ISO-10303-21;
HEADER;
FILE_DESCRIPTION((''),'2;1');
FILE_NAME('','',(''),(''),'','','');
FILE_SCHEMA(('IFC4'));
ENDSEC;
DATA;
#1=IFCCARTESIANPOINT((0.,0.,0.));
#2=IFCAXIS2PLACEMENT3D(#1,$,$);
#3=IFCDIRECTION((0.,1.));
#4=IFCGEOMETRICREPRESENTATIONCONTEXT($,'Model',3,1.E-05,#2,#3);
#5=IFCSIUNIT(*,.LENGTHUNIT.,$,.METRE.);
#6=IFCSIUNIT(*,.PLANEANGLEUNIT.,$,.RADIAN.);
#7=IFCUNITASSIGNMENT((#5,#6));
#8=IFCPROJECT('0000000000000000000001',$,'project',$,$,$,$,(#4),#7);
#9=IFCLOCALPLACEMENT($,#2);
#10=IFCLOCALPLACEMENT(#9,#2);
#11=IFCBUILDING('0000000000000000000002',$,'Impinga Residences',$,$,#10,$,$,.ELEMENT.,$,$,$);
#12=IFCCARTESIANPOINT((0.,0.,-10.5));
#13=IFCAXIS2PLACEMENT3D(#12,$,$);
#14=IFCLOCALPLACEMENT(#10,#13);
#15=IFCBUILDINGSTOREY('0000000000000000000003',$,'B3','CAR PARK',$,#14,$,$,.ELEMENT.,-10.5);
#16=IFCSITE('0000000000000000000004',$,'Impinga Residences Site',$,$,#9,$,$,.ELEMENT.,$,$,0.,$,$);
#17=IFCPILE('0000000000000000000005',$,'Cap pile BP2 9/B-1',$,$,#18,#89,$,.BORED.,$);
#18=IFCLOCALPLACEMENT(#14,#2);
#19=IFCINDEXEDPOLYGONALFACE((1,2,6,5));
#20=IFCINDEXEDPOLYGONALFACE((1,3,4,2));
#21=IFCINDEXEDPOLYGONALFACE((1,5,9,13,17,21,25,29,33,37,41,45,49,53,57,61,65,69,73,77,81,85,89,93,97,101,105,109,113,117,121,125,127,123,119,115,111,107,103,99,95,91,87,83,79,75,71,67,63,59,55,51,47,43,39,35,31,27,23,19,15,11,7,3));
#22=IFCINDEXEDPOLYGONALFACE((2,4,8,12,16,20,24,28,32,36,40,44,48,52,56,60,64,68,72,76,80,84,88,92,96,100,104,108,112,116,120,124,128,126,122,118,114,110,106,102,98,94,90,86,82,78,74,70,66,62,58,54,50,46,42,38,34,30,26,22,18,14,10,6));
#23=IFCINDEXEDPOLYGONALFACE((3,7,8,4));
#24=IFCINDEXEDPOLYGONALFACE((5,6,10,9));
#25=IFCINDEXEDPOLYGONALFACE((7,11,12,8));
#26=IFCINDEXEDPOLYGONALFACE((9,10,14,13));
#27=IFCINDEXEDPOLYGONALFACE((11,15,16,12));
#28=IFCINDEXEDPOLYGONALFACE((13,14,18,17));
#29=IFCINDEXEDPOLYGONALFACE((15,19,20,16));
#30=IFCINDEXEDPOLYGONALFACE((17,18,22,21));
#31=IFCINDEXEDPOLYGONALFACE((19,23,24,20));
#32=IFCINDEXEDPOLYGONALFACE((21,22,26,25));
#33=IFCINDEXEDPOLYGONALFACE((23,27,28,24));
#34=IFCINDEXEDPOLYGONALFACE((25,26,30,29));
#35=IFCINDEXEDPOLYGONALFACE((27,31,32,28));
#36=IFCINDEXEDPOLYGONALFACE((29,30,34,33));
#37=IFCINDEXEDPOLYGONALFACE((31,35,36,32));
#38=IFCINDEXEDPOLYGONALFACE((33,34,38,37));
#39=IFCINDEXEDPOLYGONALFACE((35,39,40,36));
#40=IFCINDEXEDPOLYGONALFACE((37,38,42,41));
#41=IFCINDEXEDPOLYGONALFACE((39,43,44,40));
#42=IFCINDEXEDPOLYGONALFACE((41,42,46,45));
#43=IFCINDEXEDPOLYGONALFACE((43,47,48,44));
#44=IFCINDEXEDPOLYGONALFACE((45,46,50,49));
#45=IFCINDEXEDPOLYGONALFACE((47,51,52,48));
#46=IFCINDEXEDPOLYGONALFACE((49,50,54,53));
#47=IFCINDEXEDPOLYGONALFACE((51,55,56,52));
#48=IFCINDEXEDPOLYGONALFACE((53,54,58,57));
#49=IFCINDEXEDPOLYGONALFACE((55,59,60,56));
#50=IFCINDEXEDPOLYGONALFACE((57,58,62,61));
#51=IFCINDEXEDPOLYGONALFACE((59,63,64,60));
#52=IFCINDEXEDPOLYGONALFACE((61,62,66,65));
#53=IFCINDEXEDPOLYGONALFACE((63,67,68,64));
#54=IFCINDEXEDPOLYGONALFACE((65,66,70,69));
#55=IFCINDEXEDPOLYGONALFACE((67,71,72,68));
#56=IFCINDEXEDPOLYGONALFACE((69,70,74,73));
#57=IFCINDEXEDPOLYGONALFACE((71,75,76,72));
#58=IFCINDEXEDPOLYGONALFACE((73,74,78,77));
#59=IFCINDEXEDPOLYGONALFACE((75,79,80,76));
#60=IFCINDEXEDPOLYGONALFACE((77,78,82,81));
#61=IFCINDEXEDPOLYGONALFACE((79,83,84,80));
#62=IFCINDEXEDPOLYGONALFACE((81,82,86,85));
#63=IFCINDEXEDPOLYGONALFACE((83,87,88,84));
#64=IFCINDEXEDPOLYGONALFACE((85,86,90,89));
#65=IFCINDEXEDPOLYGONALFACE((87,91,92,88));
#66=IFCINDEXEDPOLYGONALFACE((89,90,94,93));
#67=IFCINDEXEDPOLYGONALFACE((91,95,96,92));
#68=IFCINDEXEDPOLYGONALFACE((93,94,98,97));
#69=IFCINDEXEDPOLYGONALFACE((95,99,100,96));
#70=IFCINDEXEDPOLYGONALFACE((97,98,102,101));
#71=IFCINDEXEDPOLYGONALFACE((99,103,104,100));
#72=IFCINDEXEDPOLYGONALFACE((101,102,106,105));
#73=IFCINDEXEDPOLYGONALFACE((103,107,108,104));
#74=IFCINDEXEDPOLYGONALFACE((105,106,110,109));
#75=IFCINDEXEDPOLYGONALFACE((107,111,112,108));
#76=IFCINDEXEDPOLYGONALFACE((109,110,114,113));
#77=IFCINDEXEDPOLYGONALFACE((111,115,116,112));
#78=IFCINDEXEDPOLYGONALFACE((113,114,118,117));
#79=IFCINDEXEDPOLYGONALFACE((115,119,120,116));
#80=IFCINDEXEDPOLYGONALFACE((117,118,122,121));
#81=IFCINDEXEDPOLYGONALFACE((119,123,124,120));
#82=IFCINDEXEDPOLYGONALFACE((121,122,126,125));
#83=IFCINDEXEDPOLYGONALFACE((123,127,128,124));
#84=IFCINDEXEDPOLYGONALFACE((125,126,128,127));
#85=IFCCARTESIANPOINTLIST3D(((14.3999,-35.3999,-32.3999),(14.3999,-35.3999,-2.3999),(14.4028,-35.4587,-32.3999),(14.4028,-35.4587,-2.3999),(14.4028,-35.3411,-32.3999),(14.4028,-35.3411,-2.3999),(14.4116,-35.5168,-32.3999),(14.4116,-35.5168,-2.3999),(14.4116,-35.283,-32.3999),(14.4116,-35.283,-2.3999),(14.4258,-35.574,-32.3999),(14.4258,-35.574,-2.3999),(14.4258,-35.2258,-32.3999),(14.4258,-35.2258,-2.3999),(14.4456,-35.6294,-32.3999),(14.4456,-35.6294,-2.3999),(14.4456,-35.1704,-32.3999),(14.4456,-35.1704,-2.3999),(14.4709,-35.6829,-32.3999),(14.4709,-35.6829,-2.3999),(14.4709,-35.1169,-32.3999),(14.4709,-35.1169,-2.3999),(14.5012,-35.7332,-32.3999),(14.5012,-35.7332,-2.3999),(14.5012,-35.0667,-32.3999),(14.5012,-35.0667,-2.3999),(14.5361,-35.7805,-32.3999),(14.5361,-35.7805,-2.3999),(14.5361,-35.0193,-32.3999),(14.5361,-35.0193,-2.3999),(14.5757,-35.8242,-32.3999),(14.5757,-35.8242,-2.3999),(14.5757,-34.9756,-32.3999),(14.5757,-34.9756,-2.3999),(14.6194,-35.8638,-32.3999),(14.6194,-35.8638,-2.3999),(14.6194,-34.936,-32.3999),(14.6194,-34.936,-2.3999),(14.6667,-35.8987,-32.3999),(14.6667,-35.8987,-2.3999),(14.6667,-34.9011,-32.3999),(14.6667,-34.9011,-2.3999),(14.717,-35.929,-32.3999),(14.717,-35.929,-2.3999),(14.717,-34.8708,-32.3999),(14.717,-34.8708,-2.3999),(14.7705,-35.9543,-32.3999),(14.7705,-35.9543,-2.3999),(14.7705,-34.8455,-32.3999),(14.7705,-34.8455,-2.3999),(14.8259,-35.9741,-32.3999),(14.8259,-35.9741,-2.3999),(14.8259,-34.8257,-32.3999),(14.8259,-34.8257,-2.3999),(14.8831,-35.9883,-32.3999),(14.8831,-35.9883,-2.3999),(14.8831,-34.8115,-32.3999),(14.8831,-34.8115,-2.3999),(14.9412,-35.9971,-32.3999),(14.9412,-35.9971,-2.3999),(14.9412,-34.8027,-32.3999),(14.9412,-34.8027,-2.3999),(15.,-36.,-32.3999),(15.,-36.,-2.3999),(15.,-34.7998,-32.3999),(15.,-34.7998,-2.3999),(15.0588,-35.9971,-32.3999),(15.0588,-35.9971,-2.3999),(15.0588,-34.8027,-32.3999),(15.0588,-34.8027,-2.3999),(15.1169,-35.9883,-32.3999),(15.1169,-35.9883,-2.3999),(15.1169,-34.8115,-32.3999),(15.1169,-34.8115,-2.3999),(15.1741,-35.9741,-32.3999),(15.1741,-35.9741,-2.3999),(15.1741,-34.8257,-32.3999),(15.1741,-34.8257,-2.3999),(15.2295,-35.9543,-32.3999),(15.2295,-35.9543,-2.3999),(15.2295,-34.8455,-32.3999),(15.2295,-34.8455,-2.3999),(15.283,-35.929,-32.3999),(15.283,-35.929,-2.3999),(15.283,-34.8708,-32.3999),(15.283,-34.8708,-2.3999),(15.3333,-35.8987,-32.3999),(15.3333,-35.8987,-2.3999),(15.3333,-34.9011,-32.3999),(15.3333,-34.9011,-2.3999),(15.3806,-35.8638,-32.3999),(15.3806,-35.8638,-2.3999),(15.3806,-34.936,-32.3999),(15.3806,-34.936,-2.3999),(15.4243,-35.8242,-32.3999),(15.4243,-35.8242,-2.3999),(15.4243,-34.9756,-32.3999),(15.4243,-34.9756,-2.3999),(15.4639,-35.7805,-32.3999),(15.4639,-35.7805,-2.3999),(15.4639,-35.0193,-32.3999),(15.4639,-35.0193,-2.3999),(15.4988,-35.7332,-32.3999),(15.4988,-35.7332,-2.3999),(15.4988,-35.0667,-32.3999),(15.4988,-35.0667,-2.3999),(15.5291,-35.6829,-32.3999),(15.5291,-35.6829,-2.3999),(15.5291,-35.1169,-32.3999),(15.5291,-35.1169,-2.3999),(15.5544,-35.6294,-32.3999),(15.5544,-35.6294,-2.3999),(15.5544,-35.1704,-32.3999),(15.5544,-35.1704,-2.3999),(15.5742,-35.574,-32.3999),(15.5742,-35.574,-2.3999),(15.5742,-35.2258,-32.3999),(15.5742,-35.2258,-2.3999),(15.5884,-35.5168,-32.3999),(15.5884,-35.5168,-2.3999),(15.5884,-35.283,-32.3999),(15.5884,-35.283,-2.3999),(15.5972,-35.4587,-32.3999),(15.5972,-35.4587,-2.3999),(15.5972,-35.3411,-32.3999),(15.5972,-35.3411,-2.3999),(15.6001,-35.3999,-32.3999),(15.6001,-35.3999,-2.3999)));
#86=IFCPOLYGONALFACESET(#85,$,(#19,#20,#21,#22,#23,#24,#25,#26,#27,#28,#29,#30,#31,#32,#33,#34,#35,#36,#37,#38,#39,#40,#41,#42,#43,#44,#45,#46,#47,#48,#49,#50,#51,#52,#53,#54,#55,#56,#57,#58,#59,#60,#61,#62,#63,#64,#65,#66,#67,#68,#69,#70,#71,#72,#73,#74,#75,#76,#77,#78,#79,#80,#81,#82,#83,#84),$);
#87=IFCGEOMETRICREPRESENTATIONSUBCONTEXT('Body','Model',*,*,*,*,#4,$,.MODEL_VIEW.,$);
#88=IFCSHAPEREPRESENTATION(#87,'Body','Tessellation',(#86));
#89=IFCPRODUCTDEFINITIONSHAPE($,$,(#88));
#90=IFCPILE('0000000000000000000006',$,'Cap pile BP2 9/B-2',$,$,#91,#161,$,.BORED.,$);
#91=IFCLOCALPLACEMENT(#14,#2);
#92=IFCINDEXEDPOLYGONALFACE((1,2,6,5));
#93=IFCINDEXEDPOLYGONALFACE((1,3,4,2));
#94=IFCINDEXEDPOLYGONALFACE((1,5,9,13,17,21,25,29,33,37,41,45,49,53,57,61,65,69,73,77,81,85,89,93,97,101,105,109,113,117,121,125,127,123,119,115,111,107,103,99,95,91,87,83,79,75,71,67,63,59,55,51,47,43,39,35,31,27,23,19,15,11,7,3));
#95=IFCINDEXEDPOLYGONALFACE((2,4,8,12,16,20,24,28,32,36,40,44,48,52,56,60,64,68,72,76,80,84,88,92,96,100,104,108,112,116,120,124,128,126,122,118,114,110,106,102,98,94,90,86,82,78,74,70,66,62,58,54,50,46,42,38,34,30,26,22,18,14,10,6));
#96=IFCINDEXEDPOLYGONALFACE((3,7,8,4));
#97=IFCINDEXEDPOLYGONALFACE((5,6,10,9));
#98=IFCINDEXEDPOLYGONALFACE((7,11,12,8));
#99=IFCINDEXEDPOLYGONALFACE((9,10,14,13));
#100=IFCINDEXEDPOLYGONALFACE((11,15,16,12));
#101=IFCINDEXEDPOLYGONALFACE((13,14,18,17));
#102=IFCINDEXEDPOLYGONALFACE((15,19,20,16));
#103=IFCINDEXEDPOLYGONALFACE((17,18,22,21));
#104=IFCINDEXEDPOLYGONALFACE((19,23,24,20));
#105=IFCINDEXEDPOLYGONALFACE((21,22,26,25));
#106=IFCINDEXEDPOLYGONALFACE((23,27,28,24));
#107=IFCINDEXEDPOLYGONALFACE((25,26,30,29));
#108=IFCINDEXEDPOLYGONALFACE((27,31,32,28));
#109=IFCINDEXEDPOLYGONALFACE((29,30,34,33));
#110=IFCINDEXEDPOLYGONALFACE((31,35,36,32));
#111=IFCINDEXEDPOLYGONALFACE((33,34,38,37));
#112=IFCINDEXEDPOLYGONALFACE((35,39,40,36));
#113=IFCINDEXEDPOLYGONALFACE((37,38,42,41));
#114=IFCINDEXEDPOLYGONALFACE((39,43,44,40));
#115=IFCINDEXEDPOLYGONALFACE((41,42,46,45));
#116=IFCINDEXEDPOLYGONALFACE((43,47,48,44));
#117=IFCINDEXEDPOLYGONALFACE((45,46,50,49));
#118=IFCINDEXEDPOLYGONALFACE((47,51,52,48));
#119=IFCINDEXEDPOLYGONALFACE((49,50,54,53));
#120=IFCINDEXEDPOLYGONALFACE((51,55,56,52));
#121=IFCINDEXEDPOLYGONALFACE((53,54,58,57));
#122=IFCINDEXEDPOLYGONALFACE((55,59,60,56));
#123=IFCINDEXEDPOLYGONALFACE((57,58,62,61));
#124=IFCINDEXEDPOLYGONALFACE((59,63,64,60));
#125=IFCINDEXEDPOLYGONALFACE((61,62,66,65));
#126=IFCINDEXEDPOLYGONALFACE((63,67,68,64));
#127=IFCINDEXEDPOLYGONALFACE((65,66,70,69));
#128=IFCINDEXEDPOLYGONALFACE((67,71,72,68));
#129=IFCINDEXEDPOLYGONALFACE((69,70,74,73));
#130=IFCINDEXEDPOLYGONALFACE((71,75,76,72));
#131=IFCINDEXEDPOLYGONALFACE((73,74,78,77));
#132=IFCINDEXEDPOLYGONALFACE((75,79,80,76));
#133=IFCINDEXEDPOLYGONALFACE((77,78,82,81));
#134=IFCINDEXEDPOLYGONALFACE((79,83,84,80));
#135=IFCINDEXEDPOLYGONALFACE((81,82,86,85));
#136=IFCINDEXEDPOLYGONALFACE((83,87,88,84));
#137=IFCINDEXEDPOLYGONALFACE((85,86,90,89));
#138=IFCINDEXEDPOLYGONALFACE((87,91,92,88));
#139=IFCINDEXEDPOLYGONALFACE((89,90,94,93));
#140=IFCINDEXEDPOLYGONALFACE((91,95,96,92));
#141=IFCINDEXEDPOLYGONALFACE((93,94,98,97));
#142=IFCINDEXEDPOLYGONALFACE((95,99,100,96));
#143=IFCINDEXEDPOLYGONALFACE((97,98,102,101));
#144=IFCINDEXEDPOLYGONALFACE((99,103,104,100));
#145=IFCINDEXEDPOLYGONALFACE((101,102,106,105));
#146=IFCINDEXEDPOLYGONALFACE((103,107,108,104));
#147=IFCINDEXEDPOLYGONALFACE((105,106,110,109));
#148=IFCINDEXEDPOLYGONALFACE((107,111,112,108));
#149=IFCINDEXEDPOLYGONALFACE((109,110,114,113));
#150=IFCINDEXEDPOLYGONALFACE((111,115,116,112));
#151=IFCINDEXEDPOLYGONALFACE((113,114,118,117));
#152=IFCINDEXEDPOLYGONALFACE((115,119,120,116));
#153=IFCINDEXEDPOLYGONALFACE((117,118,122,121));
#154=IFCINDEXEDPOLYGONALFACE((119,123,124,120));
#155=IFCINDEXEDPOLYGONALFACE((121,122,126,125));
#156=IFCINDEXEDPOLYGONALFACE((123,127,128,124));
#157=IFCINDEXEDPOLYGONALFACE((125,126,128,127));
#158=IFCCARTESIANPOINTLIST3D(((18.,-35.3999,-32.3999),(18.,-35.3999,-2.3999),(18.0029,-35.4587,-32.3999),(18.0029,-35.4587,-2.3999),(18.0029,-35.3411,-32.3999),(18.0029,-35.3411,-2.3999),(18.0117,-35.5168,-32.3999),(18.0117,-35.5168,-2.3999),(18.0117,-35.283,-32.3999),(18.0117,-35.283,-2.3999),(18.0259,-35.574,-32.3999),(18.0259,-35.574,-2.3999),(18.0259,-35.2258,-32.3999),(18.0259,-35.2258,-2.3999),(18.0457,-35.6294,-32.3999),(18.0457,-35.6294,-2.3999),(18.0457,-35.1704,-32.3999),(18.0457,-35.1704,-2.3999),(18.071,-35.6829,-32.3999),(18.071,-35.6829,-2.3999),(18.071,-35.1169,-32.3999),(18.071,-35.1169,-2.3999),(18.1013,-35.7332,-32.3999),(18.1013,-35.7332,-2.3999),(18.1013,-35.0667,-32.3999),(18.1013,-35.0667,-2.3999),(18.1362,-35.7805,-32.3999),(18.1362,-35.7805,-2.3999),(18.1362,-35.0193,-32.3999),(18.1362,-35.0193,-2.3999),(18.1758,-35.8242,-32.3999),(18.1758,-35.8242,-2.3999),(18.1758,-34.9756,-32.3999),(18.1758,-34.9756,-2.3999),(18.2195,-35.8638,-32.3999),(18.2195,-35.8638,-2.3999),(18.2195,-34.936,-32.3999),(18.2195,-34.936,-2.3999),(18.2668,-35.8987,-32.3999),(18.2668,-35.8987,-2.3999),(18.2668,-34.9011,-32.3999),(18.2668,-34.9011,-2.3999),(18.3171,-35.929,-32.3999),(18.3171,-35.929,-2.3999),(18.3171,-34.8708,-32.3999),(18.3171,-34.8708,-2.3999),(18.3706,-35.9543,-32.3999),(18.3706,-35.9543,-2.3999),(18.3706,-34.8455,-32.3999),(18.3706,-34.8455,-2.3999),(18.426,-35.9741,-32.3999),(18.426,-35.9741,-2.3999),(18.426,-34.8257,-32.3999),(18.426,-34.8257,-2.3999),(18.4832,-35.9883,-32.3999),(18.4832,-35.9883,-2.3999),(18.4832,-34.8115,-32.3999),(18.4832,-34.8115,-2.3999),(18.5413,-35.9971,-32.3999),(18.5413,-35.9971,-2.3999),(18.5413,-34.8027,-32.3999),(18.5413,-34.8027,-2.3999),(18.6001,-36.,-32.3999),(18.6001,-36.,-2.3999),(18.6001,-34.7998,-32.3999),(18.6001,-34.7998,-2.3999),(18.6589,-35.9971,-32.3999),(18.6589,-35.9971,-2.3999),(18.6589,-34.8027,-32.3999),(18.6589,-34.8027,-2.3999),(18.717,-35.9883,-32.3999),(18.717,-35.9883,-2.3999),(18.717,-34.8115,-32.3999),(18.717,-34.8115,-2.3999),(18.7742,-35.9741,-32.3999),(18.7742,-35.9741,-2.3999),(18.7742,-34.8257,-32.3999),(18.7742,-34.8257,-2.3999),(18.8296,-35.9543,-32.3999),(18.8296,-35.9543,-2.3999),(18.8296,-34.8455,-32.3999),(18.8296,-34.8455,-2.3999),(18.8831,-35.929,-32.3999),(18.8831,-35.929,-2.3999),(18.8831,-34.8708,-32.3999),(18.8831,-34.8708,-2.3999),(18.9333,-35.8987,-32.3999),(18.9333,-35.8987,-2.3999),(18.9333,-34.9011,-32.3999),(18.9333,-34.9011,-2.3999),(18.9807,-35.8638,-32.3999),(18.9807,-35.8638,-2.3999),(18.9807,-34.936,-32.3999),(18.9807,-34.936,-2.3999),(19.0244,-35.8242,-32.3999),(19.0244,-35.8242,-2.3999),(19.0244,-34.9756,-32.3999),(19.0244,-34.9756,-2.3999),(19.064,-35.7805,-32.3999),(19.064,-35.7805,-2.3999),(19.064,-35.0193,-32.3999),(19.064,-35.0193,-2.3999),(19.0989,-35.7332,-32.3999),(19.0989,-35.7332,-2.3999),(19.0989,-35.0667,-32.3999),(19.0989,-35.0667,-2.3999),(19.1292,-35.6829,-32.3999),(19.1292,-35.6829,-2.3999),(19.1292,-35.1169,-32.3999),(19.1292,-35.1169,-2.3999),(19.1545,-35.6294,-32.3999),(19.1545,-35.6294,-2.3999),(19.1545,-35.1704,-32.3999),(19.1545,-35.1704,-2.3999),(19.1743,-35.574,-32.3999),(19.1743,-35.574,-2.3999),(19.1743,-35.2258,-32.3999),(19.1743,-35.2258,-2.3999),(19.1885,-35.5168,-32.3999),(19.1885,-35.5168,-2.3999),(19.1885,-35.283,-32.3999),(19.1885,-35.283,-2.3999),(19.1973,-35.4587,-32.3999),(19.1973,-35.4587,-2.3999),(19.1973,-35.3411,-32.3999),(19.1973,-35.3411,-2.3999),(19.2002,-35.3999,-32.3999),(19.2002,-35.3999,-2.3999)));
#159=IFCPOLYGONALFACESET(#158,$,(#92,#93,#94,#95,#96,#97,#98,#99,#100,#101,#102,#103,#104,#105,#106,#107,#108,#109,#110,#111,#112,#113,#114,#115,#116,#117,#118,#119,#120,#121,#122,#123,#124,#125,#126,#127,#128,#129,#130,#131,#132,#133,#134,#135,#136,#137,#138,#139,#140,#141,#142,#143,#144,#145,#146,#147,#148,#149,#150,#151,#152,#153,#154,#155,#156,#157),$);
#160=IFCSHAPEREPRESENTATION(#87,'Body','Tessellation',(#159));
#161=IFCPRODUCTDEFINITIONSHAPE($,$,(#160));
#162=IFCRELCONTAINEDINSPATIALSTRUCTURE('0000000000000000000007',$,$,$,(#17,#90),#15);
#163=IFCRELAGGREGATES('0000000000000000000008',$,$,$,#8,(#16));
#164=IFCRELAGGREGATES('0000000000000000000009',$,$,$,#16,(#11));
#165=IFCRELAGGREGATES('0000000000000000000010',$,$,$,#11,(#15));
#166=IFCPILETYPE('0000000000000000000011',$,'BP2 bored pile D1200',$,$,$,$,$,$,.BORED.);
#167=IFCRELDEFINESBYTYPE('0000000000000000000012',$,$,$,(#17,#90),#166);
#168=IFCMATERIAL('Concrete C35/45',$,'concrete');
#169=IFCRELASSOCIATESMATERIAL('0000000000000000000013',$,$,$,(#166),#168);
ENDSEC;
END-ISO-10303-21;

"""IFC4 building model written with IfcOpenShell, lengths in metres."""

from ifc_helpers import new_model, si_unit, direction, frame, origin, origin_2d, place, context, subcontext, project, spatial, polyline, circle, outline, extrude, material, material_profile, profile_set, type_object, element, save


model = new_model("IFC4")

# Units and contexts
model_context = context("Model", 3, precision=1e-05, world=origin(), true_north=direction((0.0, 1.0)))
body_context = subcontext(model_context, "Body", "Model", "MODEL_VIEW")
ifc_project = project(units=[si_unit("LENGTHUNIT", "METRE"), si_unit("PLANEANGLEUNIT", "RADIAN")], contexts=[model_context])

# Site, building, storey
site_placement = place(None, origin())
site = spatial("IfcSite", under=ifc_project, at=site_placement, Name="Impinga Residences Site", CompositionType="ELEMENT", RefElevation=0.0)
building_placement = place(site_placement, origin())
building = spatial("IfcBuilding", under=site, at=building_placement, Name="Impinga Residences", CompositionType="ELEMENT")
storey_placement = place(building_placement, frame((0.0, 0.0, -10.5)))
storey = spatial("IfcBuildingStorey", under=building, at=storey_placement, Name="B3", Description="CAR PARK", CompositionType="ELEMENT", Elevation=-10.5)

# Piles
ifc_material_1 = material(Name="Concrete C35/45", Category="concrete")
ifc_material_profile_1 = material_profile(ifc_material_1, circle(Radius=0.6001, at=origin_2d()), Name="D1200")
ifc_profile_set_1 = profile_set([ifc_material_profile_1], Name="Concrete C35/45")
pile_type_1 = type_object("IfcPileType", Name="BP2 bored pile D1200", PredefinedType="BORED", material=ifc_profile_set_1)
pile_1_placement = place(storey_placement, frame((15.0, -35.3999, -2.3999), z_axis=(0.0, 0.0, -1.0), x_axis=(1.0, 0.0, 0.0)))
element("IfcPile", 1, at=pile_1_placement, inside=storey, type_object=pile_type_1, Name="Cap pile BP2 9/B-1", PredefinedType="BORED", context=body_context, shape_type="SweptSolid", body=[
    extrude(outline(polyline([(0.6001, 0.0), (0.5972, 0.0588), (0.5884, 0.1169), (0.5742, 0.1741), (0.5544, 0.2295), (0.5291, 0.283), (0.4988, 0.3333), (0.4639, 0.3806), (0.4243, 0.4243), (0.3806, 0.4639), (0.3333, 0.4988), (0.283, 0.5291), (0.2295, 0.5544), (0.1741, 0.5742), (0.1169, 0.5884), (0.0588, 0.5972), (0.0, 0.6001), (-0.0588, 0.5972), (-0.1169, 0.5884), (-0.1741, 0.5742), (-0.2295, 0.5544), (-0.283, 0.5291), (-0.3333, 0.4988), (-0.3806, 0.4639), (-0.4243, 0.4243), (-0.4639, 0.3806), (-0.4988, 0.3333), (-0.5291, 0.283), (-0.5544, 0.2295), (-0.5742, 0.1741), (-0.5884, 0.1169), (-0.5972, 0.0588), (-0.6001, 0.0), (-0.5972, -0.0588), (-0.5884, -0.1169), (-0.5742, -0.1741), (-0.5544, -0.2295), (-0.5291, -0.283), (-0.4988, -0.3333), (-0.4639, -0.3806), (-0.4243, -0.4243), (-0.3806, -0.4639), (-0.3333, -0.4988), (-0.283, -0.5291), (-0.2295, -0.5544), (-0.1741, -0.5742), (-0.1169, -0.5884), (-0.0588, -0.5972), (0.0, -0.6001), (0.0588, -0.5972), (0.1169, -0.5884), (0.1741, -0.5742), (0.2295, -0.5544), (0.283, -0.5291), (0.3333, -0.4988), (0.3806, -0.4639), (0.4243, -0.4243), (0.4639, -0.3806), (0.4988, -0.3333), (0.5291, -0.283), (0.5544, -0.2295), (0.5742, -0.1741), (0.5884, -0.1169), (0.5972, -0.0588), (0.6001, 0.0)])), origin(), (0.0, 0.0, 1.0), 30.0),
])
pile_2_placement = place(storey_placement, frame((18.6001, -35.3999, -2.3999), z_axis=(0.0, 0.0, -1.0), x_axis=(1.0, 0.0, 0.0)))
element("IfcPile", 2, at=pile_2_placement, inside=storey, type_object=pile_type_1, Name="Cap pile BP2 9/B-2", PredefinedType="BORED", context=body_context, shape_type="SweptSolid", body=[
    extrude(outline(polyline([(0.6001, 0.0), (0.5972, 0.0588), (0.5884, 0.1169), (0.5742, 0.1741), (0.5544, 0.2295), (0.5291, 0.283), (0.4988, 0.3333), (0.4639, 0.3806), (0.4243, 0.4243), (0.3806, 0.4639), (0.3333, 0.4988), (0.283, 0.5291), (0.2295, 0.5544), (0.1741, 0.5742), (0.1169, 0.5884), (0.0588, 0.5972), (0.0, 0.6001), (-0.0588, 0.5972), (-0.1169, 0.5884), (-0.1741, 0.5742), (-0.2295, 0.5544), (-0.283, 0.5291), (-0.3333, 0.4988), (-0.3806, 0.4639), (-0.4243, 0.4243), (-0.4639, 0.3806), (-0.4988, 0.3333), (-0.5291, 0.283), (-0.5544, 0.2295), (-0.5742, 0.1741), (-0.5884, 0.1169), (-0.5972, 0.0588), (-0.6001, 0.0), (-0.5972, -0.0588), (-0.5884, -0.1169), (-0.5742, -0.1741), (-0.5544, -0.2295), (-0.5291, -0.283), (-0.4988, -0.3333), (-0.4639, -0.3806), (-0.4243, -0.4243), (-0.3806, -0.4639), (-0.3333, -0.4988), (-0.283, -0.5291), (-0.2295, -0.5544), (-0.1741, -0.5742), (-0.1169, -0.5884), (-0.0588, -0.5972), (0.0, -0.6001), (0.0588, -0.5972), (0.1169, -0.5884), (0.1741, -0.5742), (0.2295, -0.5544), (0.283, -0.5291), (0.3333, -0.4988), (0.3806, -0.4639), (0.4243, -0.4243), (0.4639, -0.3806), (0.4988, -0.3333), (0.5291, -0.283), (0.5544, -0.2295), (0.5742, -0.1741), (0.5884, -0.1169), (0.5972, -0.0588), (0.6001, 0.0)])), origin(), (0.0, 0.0, 1.0), 30.0),
])

save(model, "model.ifc")
